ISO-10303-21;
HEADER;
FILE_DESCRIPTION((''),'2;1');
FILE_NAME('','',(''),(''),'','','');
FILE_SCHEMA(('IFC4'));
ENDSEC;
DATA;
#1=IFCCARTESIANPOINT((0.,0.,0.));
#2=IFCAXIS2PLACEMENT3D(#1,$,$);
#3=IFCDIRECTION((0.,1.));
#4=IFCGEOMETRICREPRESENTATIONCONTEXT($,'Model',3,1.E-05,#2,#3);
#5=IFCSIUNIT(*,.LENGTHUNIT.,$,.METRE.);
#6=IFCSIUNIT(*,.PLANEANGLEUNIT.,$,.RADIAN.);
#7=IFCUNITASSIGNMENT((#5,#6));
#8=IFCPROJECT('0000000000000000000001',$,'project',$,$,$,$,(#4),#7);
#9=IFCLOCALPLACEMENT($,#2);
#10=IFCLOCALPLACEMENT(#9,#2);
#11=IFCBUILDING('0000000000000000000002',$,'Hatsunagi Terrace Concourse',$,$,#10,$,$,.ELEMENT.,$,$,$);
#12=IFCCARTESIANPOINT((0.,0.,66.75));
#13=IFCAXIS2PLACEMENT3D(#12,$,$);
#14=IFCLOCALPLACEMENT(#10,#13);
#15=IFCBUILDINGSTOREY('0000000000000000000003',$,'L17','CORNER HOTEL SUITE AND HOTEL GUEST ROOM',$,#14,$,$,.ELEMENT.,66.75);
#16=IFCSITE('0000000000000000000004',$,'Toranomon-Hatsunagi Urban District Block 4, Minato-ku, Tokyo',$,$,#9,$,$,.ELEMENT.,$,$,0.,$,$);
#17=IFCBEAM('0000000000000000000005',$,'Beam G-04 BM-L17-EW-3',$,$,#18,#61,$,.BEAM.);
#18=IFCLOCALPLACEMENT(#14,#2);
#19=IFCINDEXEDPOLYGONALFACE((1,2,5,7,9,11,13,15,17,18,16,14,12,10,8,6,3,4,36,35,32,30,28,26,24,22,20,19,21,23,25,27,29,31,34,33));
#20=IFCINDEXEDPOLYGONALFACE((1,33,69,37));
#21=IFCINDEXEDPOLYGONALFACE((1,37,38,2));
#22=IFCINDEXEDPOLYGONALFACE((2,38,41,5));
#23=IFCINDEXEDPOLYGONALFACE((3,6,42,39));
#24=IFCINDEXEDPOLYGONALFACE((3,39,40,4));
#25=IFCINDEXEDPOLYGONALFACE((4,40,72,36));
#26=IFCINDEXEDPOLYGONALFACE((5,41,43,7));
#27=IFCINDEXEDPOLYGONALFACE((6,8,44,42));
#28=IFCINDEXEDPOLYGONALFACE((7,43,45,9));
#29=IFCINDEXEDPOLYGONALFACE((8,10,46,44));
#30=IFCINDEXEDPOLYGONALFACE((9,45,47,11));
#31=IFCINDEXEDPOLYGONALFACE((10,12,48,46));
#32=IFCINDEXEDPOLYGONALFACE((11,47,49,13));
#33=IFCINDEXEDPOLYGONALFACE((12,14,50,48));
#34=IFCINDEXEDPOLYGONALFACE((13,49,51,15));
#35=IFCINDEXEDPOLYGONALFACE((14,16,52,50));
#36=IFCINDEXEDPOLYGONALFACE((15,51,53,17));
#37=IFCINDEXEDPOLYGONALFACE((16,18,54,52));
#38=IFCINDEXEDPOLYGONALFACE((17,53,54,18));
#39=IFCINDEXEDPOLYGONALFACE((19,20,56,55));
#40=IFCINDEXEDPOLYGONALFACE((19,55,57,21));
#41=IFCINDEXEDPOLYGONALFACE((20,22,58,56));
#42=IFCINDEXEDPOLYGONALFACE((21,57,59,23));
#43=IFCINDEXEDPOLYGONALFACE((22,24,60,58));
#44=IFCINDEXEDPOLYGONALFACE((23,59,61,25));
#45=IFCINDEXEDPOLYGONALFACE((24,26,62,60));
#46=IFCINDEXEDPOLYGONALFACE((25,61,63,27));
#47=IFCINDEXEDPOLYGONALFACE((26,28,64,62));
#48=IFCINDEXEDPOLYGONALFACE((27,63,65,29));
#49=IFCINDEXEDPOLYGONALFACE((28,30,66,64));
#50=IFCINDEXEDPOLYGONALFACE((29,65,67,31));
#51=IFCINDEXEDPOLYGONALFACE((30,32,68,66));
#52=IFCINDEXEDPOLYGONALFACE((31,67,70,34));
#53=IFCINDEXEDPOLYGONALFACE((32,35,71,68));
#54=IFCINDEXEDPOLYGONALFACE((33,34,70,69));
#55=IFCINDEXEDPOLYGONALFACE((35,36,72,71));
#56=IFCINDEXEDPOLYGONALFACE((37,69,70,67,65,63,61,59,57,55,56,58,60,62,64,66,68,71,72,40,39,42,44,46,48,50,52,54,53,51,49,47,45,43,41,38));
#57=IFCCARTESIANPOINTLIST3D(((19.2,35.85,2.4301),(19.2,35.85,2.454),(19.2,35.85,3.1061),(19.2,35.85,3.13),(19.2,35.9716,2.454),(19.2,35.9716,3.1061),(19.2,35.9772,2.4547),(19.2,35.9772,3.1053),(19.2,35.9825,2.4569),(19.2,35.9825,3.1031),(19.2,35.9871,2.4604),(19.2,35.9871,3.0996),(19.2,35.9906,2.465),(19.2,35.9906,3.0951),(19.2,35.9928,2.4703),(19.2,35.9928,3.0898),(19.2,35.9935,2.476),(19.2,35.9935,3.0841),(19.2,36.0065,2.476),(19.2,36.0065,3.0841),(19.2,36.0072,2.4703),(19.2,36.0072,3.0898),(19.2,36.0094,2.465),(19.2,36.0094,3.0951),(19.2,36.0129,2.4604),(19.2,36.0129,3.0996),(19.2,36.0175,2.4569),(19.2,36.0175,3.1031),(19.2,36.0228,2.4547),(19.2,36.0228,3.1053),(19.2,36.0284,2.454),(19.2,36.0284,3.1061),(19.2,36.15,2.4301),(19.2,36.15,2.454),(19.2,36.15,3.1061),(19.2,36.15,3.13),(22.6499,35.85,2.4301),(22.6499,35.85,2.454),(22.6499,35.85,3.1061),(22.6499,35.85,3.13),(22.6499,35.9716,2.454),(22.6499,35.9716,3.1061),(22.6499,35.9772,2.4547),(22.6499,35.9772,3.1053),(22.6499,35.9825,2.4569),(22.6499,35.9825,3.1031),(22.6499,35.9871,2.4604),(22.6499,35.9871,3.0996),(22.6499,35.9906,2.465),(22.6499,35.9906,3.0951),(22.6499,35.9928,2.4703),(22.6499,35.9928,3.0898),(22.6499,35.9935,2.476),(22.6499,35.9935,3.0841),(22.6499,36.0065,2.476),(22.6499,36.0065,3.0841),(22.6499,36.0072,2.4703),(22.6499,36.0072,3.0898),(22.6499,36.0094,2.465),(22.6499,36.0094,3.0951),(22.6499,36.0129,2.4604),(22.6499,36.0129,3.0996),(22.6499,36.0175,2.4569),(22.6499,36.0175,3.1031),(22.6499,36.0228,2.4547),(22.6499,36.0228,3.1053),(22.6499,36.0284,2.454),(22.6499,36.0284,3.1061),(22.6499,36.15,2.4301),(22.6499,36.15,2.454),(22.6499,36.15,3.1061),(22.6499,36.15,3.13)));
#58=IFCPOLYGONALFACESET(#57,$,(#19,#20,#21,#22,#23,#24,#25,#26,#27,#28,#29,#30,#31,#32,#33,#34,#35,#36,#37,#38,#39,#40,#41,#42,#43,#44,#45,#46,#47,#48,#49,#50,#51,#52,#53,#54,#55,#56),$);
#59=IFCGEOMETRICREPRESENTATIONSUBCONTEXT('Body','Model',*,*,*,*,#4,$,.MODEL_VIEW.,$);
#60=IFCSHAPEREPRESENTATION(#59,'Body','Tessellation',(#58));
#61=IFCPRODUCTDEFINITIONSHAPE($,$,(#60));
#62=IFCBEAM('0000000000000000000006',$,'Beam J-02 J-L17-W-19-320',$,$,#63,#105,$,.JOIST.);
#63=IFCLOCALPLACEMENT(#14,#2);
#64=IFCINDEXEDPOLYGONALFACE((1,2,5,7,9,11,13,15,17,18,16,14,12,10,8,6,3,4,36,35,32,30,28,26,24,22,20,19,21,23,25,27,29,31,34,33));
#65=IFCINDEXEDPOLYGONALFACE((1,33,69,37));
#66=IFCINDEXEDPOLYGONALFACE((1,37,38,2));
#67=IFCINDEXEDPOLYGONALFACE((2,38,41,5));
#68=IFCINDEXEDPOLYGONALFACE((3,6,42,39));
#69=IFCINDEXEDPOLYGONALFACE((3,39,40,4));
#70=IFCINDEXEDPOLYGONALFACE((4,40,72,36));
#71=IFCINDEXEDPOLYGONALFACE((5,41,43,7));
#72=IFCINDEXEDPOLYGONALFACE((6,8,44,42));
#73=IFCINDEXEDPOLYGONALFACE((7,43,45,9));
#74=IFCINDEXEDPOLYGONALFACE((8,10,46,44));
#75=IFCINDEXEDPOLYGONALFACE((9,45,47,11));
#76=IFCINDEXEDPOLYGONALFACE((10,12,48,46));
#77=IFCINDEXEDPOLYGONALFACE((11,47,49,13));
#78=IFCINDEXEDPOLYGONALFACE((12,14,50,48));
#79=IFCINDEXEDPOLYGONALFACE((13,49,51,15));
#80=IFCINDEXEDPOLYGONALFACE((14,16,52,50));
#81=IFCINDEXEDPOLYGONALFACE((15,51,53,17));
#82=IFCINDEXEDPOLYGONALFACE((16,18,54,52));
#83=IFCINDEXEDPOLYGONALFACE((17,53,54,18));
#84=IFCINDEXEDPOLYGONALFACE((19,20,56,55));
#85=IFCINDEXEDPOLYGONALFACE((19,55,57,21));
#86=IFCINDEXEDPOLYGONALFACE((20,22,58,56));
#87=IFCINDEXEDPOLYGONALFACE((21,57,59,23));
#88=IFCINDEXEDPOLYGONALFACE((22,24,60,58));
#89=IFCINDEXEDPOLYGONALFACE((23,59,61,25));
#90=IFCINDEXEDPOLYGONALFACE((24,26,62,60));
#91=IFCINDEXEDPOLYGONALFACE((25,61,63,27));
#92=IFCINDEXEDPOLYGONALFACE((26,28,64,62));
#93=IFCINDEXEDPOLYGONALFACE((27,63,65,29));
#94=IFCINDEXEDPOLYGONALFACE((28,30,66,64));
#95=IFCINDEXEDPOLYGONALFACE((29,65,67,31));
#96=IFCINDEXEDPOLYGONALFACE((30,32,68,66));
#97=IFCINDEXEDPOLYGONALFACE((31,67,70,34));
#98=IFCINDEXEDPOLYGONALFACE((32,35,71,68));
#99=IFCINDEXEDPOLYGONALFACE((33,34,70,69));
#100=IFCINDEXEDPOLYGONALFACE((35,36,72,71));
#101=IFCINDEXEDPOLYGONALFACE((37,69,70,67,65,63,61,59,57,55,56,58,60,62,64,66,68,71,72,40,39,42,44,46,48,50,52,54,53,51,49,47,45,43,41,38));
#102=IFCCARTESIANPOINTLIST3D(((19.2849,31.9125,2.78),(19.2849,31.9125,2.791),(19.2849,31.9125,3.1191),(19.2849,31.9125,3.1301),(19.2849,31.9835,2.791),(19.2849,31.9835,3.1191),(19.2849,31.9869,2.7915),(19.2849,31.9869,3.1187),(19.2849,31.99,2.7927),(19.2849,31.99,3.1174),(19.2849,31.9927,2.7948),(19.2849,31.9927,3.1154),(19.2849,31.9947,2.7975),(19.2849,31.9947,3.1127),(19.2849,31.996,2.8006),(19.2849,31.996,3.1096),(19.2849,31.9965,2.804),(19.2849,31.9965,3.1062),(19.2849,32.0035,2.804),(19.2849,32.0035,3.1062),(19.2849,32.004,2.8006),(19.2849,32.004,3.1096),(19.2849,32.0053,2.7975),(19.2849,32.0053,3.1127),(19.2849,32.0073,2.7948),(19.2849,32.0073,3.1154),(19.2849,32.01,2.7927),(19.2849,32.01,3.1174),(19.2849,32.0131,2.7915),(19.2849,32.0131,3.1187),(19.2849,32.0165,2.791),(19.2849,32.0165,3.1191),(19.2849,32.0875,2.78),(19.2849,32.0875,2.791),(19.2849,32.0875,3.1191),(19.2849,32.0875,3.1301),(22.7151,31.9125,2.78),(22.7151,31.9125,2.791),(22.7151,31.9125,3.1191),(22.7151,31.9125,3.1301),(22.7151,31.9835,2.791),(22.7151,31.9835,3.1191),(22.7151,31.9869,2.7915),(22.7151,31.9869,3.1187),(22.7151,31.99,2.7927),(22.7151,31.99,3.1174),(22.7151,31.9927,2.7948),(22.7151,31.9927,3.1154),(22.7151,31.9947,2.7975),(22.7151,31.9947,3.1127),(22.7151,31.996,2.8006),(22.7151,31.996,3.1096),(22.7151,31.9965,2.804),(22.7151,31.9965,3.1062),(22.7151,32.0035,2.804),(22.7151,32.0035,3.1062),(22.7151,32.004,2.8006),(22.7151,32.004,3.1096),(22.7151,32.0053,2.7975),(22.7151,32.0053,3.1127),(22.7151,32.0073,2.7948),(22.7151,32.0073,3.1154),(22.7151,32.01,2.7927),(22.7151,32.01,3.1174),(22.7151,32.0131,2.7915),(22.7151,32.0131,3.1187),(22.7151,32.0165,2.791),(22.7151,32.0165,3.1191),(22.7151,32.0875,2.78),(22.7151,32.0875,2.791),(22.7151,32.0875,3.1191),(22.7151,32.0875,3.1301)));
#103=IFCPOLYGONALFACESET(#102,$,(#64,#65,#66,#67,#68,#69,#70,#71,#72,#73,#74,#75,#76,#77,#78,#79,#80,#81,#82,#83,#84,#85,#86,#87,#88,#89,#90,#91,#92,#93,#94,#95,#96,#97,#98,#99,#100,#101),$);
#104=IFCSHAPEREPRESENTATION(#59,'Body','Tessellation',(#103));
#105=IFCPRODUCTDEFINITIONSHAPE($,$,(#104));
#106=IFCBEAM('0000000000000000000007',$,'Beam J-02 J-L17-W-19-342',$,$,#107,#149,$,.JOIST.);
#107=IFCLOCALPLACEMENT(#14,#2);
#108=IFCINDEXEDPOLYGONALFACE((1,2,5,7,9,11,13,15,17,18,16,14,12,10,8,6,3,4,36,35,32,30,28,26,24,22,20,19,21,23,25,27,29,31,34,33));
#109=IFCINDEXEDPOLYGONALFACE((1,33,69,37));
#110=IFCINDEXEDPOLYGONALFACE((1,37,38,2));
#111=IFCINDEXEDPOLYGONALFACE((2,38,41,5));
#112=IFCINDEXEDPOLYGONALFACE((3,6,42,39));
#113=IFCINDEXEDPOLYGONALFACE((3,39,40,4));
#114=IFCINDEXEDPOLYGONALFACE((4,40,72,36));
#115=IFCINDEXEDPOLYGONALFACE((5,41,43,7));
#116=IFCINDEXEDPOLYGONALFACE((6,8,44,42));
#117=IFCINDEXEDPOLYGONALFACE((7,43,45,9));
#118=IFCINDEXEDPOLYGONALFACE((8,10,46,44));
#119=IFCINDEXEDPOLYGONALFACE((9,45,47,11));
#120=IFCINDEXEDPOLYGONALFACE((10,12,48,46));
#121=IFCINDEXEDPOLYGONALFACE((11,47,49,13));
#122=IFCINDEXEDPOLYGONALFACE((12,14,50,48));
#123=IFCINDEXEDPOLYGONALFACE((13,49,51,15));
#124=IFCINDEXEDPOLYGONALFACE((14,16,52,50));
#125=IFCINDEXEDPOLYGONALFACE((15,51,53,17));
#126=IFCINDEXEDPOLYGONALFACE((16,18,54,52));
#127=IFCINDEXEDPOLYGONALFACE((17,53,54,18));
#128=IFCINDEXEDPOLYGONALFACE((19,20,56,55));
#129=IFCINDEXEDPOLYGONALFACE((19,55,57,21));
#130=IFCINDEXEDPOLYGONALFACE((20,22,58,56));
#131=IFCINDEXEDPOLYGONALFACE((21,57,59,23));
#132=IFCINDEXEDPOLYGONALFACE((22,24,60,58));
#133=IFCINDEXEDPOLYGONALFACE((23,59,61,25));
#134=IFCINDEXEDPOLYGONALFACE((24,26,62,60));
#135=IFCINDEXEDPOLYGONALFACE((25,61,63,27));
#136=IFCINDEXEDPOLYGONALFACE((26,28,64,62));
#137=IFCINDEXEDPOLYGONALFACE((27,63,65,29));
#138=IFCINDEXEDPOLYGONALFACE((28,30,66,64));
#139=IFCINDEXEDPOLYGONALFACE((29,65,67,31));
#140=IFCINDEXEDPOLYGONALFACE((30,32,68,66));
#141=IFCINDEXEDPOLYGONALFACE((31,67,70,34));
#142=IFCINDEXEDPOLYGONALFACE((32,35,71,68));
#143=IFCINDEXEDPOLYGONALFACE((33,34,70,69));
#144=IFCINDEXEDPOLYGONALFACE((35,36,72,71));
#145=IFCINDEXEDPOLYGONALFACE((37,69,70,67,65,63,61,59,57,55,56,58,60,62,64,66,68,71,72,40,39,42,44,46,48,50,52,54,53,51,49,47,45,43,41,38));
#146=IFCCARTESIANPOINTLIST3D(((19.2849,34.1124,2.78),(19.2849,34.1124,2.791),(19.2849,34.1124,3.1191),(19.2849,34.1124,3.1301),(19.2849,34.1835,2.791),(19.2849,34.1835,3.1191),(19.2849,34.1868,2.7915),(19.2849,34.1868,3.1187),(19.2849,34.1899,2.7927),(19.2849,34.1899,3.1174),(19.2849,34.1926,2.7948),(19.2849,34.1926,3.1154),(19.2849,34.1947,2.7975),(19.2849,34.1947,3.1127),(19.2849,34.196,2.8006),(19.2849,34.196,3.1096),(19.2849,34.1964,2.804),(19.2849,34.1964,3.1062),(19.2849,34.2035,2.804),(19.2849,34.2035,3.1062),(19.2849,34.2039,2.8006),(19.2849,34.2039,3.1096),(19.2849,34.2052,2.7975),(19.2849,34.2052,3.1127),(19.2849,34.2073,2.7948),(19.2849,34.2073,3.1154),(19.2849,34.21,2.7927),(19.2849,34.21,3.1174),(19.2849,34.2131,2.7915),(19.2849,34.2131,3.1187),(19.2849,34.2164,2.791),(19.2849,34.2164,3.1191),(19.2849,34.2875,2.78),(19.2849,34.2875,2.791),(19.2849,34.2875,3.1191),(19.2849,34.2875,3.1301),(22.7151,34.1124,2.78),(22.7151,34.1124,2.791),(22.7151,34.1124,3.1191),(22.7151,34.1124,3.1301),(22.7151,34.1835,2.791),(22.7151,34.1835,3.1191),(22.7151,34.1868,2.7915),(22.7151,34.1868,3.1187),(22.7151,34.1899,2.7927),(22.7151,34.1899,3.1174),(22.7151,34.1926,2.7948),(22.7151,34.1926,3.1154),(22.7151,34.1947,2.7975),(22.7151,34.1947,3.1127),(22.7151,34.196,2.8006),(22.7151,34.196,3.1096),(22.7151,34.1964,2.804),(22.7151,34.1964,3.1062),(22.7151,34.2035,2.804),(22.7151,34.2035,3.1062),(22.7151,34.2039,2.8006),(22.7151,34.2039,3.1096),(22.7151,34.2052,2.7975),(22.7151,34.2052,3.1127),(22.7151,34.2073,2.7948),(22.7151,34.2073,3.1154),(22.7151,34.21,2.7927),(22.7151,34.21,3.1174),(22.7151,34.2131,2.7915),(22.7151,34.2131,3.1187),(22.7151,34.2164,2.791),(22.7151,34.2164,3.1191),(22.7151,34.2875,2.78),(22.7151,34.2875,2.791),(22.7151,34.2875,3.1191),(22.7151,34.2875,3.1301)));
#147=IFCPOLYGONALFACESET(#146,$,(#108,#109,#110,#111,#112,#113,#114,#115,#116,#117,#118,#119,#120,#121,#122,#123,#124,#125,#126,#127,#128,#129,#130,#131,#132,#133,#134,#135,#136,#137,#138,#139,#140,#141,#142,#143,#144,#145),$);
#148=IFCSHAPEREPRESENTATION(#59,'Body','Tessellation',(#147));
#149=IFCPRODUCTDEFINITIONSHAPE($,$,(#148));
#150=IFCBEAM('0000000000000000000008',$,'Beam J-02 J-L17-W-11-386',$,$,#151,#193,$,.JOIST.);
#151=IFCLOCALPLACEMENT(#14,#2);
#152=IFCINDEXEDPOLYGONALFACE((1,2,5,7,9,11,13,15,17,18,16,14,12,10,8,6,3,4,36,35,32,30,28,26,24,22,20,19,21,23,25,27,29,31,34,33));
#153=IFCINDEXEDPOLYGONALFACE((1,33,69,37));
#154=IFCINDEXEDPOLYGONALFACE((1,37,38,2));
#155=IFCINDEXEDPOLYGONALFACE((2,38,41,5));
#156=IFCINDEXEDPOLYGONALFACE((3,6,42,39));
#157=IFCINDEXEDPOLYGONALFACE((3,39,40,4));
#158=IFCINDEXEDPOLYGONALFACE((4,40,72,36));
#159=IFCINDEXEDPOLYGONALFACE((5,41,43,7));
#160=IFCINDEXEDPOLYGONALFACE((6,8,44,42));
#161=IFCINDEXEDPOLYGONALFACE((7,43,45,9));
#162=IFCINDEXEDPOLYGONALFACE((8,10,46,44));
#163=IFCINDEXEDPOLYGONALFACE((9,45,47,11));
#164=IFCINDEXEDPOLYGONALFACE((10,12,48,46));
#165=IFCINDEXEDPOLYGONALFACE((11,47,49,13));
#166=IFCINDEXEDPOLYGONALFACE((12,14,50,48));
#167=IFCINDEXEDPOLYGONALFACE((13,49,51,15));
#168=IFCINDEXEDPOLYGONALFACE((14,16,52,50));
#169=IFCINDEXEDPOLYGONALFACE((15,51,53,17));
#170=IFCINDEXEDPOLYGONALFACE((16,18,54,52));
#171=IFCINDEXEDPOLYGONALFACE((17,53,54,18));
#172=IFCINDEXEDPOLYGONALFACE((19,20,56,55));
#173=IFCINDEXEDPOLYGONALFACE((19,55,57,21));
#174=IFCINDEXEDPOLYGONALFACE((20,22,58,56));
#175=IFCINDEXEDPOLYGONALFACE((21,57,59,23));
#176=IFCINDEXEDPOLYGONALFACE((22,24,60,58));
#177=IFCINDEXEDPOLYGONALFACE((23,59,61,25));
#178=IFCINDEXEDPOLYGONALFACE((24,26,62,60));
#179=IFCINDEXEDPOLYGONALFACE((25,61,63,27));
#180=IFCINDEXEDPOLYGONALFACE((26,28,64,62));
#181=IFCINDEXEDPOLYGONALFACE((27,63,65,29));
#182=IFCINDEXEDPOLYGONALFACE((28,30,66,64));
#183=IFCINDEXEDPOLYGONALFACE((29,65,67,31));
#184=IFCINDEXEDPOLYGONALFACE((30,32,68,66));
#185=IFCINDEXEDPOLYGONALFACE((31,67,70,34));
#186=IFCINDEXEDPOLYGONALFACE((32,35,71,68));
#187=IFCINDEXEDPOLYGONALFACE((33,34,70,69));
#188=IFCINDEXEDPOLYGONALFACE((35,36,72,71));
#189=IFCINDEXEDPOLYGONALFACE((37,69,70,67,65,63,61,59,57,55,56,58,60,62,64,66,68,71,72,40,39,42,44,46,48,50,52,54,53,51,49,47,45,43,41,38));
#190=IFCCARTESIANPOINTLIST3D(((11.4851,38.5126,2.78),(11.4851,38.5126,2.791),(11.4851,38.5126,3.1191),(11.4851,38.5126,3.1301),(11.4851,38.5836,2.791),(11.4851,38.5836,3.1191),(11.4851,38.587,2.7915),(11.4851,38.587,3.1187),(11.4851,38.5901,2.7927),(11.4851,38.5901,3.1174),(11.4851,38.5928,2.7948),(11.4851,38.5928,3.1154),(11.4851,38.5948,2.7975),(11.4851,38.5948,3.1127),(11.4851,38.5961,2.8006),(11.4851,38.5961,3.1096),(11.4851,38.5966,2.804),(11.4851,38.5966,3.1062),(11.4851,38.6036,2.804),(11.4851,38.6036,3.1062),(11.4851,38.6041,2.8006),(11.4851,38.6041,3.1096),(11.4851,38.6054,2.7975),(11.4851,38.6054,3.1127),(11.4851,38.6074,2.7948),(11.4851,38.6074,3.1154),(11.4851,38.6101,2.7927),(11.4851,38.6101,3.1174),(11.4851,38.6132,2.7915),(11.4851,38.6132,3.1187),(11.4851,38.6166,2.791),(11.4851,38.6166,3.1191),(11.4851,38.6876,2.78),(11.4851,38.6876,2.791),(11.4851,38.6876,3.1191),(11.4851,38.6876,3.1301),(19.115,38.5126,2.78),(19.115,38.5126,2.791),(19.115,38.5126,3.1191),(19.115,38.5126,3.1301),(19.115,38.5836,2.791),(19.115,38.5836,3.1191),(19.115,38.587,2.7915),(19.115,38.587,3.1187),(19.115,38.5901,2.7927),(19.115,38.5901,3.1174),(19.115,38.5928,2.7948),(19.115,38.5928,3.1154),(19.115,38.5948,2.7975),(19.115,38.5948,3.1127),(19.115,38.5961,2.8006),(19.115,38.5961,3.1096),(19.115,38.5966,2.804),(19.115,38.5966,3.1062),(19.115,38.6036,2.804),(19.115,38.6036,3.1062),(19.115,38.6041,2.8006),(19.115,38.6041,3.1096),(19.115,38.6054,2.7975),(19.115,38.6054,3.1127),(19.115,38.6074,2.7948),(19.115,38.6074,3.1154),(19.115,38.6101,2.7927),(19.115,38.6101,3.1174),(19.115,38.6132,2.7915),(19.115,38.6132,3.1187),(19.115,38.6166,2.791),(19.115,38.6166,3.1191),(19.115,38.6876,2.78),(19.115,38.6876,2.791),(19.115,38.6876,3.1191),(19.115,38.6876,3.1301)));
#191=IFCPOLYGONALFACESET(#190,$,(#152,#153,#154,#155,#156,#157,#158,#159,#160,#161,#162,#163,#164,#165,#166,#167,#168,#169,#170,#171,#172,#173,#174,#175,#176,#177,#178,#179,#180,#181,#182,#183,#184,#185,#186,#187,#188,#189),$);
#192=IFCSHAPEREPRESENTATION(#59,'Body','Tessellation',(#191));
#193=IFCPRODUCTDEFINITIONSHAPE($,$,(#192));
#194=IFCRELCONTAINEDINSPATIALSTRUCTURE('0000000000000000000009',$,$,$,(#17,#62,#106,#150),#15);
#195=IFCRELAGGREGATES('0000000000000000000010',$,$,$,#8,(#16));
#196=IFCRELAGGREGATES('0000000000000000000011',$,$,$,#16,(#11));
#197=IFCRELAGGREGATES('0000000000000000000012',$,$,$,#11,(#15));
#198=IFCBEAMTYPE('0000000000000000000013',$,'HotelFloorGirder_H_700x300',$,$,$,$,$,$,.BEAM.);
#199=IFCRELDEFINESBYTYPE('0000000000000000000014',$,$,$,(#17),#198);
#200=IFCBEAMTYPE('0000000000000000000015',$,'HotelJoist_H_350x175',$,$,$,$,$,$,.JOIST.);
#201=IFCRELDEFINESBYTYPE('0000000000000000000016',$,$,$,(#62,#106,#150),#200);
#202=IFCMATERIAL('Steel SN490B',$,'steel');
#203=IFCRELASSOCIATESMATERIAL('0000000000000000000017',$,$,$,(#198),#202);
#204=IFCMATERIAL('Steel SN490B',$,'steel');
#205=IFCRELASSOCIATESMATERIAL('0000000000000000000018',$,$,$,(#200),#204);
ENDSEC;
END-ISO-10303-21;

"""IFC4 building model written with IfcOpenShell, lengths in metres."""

from ifc_helpers import new_model, si_unit, direction, frame, origin, origin_2d, place, context, subcontext, project, spatial, i_section, extrude, material, material_profile, profile_set, type_object, element, save


model = new_model("IFC4")

# Units and contexts
model_context = context("Model", 3, precision=1e-05, world=origin(), true_north=direction((0.0, 1.0)))
body_context = subcontext(model_context, "Body", "Model", "MODEL_VIEW")
ifc_project = project(units=[si_unit("LENGTHUNIT", "METRE"), si_unit("PLANEANGLEUNIT", "RADIAN")], contexts=[model_context])

# Site, building, storey
site_placement = place(None, origin())
site = spatial("IfcSite", under=ifc_project, at=site_placement, Name="Toranomon-Hatsunagi Urban District Block 4, Minato-ku, Tokyo", CompositionType="ELEMENT", RefElevation=0.0)
building_placement = place(site_placement, origin())
building = spatial("IfcBuilding", under=site, at=building_placement, Name="Hatsunagi Terrace Concourse", CompositionType="ELEMENT")
storey_placement = place(building_placement, frame((0.0, 0.0, 66.75)))
storey = spatial("IfcBuildingStorey", under=building, at=storey_placement, Name="L17", Description="CORNER HOTEL SUITE AND HOTEL GUEST ROOM", CompositionType="ELEMENT", Elevation=66.75)

# Beams
ifc_material_1 = material(Name="Steel SN490B", Category="steel")
ifc_material_profile_1 = material_profile(ifc_material_1, i_section(OverallWidth=0.3, OverallDepth=0.7, WebThickness=0.0129, FlangeThickness=0.0239, FilletRadius=0.022, at=origin_2d()), Name="H-700x300x13x24")
ifc_profile_set_1 = profile_set([ifc_material_profile_1], Name="Steel SN490B")
beam_type_1 = type_object("IfcBeamType", Name="HotelFloorGirder_H_700x300", PredefinedType="BEAM", material=ifc_profile_set_1)
beam_1_placement = place(storey_placement, frame((19.2, 36.0, 2.78), z_axis=(1.0, 0.0, 0.0), x_axis=(0.0, 1.0, 0.0)))
element("IfcBeam", 1, at=beam_1_placement, inside=storey, type_object=beam_type_1, Name="Beam G-04 BM-L17-EW-3", PredefinedType="BEAM", context=body_context, shape_type="SweptSolid", body=[
    extrude(i_section(OverallWidth=0.3, OverallDepth=0.7, WebThickness=0.0129, FlangeThickness=0.0239, FilletRadius=0.022, at=origin_2d()), origin(), (0.0, 0.0, 1.0), 3.45),
])
ifc_material_2 = material(Name="Steel SN490B", Category="steel")
ifc_material_profile_2 = material_profile(ifc_material_2, i_section(OverallWidth=0.175, OverallDepth=0.3501, WebThickness=0.0071, FlangeThickness=0.011, FilletRadius=0.0129, at=origin_2d()), Name="H-350x175x7x11")
ifc_profile_set_2 = profile_set([ifc_material_profile_2], Name="Steel SN490B")
beam_type_2 = type_object("IfcBeamType", Name="HotelJoist_H_350x175", PredefinedType="JOIST", material=ifc_profile_set_2)
for number, where, z_axis, x_axis, name in (
    (2, (19.2849, 32.0, 2.9551), (1.0, 0.0, 0.0), (0.0, 1.0, 0.0), "Beam J-02 J-L17-W-19-320"),
    (3, (19.2849, 34.2, 2.9551), (1.0, 0.0, 0.0), (0.0, 1.0, 0.0), "Beam J-02 J-L17-W-19-342"),
):
    element("IfcBeam", number, at=place(storey_placement, frame(where, z_axis=z_axis, x_axis=x_axis)), inside=storey, type_object=beam_type_2, Name=name, PredefinedType="JOIST", context=body_context, shape_type="SweptSolid", body=[
        extrude(i_section(OverallWidth=0.175, OverallDepth=0.3501, WebThickness=0.0071, FlangeThickness=0.011, FilletRadius=0.0129, at=origin_2d()), origin(), (0.0, 0.0, 1.0), 3.4302),
    ])
beam_2_placement = place(storey_placement, frame((11.4851, 38.6001, 2.9551), z_axis=(1.0, 0.0, 0.0), x_axis=(0.0, 1.0, 0.0)))
element("IfcBeam", 4, at=beam_2_placement, inside=storey, type_object=beam_type_2, Name="Beam J-02 J-L17-W-11-386", PredefinedType="JOIST", context=body_context, shape_type="SweptSolid", body=[
    extrude(i_section(OverallWidth=0.175, OverallDepth=0.3501, WebThickness=0.0071, FlangeThickness=0.011, FilletRadius=0.0129, at=origin_2d()), origin(), (0.0, 0.0, 1.0), 7.6299),
])

save(model, "model.ifc")
